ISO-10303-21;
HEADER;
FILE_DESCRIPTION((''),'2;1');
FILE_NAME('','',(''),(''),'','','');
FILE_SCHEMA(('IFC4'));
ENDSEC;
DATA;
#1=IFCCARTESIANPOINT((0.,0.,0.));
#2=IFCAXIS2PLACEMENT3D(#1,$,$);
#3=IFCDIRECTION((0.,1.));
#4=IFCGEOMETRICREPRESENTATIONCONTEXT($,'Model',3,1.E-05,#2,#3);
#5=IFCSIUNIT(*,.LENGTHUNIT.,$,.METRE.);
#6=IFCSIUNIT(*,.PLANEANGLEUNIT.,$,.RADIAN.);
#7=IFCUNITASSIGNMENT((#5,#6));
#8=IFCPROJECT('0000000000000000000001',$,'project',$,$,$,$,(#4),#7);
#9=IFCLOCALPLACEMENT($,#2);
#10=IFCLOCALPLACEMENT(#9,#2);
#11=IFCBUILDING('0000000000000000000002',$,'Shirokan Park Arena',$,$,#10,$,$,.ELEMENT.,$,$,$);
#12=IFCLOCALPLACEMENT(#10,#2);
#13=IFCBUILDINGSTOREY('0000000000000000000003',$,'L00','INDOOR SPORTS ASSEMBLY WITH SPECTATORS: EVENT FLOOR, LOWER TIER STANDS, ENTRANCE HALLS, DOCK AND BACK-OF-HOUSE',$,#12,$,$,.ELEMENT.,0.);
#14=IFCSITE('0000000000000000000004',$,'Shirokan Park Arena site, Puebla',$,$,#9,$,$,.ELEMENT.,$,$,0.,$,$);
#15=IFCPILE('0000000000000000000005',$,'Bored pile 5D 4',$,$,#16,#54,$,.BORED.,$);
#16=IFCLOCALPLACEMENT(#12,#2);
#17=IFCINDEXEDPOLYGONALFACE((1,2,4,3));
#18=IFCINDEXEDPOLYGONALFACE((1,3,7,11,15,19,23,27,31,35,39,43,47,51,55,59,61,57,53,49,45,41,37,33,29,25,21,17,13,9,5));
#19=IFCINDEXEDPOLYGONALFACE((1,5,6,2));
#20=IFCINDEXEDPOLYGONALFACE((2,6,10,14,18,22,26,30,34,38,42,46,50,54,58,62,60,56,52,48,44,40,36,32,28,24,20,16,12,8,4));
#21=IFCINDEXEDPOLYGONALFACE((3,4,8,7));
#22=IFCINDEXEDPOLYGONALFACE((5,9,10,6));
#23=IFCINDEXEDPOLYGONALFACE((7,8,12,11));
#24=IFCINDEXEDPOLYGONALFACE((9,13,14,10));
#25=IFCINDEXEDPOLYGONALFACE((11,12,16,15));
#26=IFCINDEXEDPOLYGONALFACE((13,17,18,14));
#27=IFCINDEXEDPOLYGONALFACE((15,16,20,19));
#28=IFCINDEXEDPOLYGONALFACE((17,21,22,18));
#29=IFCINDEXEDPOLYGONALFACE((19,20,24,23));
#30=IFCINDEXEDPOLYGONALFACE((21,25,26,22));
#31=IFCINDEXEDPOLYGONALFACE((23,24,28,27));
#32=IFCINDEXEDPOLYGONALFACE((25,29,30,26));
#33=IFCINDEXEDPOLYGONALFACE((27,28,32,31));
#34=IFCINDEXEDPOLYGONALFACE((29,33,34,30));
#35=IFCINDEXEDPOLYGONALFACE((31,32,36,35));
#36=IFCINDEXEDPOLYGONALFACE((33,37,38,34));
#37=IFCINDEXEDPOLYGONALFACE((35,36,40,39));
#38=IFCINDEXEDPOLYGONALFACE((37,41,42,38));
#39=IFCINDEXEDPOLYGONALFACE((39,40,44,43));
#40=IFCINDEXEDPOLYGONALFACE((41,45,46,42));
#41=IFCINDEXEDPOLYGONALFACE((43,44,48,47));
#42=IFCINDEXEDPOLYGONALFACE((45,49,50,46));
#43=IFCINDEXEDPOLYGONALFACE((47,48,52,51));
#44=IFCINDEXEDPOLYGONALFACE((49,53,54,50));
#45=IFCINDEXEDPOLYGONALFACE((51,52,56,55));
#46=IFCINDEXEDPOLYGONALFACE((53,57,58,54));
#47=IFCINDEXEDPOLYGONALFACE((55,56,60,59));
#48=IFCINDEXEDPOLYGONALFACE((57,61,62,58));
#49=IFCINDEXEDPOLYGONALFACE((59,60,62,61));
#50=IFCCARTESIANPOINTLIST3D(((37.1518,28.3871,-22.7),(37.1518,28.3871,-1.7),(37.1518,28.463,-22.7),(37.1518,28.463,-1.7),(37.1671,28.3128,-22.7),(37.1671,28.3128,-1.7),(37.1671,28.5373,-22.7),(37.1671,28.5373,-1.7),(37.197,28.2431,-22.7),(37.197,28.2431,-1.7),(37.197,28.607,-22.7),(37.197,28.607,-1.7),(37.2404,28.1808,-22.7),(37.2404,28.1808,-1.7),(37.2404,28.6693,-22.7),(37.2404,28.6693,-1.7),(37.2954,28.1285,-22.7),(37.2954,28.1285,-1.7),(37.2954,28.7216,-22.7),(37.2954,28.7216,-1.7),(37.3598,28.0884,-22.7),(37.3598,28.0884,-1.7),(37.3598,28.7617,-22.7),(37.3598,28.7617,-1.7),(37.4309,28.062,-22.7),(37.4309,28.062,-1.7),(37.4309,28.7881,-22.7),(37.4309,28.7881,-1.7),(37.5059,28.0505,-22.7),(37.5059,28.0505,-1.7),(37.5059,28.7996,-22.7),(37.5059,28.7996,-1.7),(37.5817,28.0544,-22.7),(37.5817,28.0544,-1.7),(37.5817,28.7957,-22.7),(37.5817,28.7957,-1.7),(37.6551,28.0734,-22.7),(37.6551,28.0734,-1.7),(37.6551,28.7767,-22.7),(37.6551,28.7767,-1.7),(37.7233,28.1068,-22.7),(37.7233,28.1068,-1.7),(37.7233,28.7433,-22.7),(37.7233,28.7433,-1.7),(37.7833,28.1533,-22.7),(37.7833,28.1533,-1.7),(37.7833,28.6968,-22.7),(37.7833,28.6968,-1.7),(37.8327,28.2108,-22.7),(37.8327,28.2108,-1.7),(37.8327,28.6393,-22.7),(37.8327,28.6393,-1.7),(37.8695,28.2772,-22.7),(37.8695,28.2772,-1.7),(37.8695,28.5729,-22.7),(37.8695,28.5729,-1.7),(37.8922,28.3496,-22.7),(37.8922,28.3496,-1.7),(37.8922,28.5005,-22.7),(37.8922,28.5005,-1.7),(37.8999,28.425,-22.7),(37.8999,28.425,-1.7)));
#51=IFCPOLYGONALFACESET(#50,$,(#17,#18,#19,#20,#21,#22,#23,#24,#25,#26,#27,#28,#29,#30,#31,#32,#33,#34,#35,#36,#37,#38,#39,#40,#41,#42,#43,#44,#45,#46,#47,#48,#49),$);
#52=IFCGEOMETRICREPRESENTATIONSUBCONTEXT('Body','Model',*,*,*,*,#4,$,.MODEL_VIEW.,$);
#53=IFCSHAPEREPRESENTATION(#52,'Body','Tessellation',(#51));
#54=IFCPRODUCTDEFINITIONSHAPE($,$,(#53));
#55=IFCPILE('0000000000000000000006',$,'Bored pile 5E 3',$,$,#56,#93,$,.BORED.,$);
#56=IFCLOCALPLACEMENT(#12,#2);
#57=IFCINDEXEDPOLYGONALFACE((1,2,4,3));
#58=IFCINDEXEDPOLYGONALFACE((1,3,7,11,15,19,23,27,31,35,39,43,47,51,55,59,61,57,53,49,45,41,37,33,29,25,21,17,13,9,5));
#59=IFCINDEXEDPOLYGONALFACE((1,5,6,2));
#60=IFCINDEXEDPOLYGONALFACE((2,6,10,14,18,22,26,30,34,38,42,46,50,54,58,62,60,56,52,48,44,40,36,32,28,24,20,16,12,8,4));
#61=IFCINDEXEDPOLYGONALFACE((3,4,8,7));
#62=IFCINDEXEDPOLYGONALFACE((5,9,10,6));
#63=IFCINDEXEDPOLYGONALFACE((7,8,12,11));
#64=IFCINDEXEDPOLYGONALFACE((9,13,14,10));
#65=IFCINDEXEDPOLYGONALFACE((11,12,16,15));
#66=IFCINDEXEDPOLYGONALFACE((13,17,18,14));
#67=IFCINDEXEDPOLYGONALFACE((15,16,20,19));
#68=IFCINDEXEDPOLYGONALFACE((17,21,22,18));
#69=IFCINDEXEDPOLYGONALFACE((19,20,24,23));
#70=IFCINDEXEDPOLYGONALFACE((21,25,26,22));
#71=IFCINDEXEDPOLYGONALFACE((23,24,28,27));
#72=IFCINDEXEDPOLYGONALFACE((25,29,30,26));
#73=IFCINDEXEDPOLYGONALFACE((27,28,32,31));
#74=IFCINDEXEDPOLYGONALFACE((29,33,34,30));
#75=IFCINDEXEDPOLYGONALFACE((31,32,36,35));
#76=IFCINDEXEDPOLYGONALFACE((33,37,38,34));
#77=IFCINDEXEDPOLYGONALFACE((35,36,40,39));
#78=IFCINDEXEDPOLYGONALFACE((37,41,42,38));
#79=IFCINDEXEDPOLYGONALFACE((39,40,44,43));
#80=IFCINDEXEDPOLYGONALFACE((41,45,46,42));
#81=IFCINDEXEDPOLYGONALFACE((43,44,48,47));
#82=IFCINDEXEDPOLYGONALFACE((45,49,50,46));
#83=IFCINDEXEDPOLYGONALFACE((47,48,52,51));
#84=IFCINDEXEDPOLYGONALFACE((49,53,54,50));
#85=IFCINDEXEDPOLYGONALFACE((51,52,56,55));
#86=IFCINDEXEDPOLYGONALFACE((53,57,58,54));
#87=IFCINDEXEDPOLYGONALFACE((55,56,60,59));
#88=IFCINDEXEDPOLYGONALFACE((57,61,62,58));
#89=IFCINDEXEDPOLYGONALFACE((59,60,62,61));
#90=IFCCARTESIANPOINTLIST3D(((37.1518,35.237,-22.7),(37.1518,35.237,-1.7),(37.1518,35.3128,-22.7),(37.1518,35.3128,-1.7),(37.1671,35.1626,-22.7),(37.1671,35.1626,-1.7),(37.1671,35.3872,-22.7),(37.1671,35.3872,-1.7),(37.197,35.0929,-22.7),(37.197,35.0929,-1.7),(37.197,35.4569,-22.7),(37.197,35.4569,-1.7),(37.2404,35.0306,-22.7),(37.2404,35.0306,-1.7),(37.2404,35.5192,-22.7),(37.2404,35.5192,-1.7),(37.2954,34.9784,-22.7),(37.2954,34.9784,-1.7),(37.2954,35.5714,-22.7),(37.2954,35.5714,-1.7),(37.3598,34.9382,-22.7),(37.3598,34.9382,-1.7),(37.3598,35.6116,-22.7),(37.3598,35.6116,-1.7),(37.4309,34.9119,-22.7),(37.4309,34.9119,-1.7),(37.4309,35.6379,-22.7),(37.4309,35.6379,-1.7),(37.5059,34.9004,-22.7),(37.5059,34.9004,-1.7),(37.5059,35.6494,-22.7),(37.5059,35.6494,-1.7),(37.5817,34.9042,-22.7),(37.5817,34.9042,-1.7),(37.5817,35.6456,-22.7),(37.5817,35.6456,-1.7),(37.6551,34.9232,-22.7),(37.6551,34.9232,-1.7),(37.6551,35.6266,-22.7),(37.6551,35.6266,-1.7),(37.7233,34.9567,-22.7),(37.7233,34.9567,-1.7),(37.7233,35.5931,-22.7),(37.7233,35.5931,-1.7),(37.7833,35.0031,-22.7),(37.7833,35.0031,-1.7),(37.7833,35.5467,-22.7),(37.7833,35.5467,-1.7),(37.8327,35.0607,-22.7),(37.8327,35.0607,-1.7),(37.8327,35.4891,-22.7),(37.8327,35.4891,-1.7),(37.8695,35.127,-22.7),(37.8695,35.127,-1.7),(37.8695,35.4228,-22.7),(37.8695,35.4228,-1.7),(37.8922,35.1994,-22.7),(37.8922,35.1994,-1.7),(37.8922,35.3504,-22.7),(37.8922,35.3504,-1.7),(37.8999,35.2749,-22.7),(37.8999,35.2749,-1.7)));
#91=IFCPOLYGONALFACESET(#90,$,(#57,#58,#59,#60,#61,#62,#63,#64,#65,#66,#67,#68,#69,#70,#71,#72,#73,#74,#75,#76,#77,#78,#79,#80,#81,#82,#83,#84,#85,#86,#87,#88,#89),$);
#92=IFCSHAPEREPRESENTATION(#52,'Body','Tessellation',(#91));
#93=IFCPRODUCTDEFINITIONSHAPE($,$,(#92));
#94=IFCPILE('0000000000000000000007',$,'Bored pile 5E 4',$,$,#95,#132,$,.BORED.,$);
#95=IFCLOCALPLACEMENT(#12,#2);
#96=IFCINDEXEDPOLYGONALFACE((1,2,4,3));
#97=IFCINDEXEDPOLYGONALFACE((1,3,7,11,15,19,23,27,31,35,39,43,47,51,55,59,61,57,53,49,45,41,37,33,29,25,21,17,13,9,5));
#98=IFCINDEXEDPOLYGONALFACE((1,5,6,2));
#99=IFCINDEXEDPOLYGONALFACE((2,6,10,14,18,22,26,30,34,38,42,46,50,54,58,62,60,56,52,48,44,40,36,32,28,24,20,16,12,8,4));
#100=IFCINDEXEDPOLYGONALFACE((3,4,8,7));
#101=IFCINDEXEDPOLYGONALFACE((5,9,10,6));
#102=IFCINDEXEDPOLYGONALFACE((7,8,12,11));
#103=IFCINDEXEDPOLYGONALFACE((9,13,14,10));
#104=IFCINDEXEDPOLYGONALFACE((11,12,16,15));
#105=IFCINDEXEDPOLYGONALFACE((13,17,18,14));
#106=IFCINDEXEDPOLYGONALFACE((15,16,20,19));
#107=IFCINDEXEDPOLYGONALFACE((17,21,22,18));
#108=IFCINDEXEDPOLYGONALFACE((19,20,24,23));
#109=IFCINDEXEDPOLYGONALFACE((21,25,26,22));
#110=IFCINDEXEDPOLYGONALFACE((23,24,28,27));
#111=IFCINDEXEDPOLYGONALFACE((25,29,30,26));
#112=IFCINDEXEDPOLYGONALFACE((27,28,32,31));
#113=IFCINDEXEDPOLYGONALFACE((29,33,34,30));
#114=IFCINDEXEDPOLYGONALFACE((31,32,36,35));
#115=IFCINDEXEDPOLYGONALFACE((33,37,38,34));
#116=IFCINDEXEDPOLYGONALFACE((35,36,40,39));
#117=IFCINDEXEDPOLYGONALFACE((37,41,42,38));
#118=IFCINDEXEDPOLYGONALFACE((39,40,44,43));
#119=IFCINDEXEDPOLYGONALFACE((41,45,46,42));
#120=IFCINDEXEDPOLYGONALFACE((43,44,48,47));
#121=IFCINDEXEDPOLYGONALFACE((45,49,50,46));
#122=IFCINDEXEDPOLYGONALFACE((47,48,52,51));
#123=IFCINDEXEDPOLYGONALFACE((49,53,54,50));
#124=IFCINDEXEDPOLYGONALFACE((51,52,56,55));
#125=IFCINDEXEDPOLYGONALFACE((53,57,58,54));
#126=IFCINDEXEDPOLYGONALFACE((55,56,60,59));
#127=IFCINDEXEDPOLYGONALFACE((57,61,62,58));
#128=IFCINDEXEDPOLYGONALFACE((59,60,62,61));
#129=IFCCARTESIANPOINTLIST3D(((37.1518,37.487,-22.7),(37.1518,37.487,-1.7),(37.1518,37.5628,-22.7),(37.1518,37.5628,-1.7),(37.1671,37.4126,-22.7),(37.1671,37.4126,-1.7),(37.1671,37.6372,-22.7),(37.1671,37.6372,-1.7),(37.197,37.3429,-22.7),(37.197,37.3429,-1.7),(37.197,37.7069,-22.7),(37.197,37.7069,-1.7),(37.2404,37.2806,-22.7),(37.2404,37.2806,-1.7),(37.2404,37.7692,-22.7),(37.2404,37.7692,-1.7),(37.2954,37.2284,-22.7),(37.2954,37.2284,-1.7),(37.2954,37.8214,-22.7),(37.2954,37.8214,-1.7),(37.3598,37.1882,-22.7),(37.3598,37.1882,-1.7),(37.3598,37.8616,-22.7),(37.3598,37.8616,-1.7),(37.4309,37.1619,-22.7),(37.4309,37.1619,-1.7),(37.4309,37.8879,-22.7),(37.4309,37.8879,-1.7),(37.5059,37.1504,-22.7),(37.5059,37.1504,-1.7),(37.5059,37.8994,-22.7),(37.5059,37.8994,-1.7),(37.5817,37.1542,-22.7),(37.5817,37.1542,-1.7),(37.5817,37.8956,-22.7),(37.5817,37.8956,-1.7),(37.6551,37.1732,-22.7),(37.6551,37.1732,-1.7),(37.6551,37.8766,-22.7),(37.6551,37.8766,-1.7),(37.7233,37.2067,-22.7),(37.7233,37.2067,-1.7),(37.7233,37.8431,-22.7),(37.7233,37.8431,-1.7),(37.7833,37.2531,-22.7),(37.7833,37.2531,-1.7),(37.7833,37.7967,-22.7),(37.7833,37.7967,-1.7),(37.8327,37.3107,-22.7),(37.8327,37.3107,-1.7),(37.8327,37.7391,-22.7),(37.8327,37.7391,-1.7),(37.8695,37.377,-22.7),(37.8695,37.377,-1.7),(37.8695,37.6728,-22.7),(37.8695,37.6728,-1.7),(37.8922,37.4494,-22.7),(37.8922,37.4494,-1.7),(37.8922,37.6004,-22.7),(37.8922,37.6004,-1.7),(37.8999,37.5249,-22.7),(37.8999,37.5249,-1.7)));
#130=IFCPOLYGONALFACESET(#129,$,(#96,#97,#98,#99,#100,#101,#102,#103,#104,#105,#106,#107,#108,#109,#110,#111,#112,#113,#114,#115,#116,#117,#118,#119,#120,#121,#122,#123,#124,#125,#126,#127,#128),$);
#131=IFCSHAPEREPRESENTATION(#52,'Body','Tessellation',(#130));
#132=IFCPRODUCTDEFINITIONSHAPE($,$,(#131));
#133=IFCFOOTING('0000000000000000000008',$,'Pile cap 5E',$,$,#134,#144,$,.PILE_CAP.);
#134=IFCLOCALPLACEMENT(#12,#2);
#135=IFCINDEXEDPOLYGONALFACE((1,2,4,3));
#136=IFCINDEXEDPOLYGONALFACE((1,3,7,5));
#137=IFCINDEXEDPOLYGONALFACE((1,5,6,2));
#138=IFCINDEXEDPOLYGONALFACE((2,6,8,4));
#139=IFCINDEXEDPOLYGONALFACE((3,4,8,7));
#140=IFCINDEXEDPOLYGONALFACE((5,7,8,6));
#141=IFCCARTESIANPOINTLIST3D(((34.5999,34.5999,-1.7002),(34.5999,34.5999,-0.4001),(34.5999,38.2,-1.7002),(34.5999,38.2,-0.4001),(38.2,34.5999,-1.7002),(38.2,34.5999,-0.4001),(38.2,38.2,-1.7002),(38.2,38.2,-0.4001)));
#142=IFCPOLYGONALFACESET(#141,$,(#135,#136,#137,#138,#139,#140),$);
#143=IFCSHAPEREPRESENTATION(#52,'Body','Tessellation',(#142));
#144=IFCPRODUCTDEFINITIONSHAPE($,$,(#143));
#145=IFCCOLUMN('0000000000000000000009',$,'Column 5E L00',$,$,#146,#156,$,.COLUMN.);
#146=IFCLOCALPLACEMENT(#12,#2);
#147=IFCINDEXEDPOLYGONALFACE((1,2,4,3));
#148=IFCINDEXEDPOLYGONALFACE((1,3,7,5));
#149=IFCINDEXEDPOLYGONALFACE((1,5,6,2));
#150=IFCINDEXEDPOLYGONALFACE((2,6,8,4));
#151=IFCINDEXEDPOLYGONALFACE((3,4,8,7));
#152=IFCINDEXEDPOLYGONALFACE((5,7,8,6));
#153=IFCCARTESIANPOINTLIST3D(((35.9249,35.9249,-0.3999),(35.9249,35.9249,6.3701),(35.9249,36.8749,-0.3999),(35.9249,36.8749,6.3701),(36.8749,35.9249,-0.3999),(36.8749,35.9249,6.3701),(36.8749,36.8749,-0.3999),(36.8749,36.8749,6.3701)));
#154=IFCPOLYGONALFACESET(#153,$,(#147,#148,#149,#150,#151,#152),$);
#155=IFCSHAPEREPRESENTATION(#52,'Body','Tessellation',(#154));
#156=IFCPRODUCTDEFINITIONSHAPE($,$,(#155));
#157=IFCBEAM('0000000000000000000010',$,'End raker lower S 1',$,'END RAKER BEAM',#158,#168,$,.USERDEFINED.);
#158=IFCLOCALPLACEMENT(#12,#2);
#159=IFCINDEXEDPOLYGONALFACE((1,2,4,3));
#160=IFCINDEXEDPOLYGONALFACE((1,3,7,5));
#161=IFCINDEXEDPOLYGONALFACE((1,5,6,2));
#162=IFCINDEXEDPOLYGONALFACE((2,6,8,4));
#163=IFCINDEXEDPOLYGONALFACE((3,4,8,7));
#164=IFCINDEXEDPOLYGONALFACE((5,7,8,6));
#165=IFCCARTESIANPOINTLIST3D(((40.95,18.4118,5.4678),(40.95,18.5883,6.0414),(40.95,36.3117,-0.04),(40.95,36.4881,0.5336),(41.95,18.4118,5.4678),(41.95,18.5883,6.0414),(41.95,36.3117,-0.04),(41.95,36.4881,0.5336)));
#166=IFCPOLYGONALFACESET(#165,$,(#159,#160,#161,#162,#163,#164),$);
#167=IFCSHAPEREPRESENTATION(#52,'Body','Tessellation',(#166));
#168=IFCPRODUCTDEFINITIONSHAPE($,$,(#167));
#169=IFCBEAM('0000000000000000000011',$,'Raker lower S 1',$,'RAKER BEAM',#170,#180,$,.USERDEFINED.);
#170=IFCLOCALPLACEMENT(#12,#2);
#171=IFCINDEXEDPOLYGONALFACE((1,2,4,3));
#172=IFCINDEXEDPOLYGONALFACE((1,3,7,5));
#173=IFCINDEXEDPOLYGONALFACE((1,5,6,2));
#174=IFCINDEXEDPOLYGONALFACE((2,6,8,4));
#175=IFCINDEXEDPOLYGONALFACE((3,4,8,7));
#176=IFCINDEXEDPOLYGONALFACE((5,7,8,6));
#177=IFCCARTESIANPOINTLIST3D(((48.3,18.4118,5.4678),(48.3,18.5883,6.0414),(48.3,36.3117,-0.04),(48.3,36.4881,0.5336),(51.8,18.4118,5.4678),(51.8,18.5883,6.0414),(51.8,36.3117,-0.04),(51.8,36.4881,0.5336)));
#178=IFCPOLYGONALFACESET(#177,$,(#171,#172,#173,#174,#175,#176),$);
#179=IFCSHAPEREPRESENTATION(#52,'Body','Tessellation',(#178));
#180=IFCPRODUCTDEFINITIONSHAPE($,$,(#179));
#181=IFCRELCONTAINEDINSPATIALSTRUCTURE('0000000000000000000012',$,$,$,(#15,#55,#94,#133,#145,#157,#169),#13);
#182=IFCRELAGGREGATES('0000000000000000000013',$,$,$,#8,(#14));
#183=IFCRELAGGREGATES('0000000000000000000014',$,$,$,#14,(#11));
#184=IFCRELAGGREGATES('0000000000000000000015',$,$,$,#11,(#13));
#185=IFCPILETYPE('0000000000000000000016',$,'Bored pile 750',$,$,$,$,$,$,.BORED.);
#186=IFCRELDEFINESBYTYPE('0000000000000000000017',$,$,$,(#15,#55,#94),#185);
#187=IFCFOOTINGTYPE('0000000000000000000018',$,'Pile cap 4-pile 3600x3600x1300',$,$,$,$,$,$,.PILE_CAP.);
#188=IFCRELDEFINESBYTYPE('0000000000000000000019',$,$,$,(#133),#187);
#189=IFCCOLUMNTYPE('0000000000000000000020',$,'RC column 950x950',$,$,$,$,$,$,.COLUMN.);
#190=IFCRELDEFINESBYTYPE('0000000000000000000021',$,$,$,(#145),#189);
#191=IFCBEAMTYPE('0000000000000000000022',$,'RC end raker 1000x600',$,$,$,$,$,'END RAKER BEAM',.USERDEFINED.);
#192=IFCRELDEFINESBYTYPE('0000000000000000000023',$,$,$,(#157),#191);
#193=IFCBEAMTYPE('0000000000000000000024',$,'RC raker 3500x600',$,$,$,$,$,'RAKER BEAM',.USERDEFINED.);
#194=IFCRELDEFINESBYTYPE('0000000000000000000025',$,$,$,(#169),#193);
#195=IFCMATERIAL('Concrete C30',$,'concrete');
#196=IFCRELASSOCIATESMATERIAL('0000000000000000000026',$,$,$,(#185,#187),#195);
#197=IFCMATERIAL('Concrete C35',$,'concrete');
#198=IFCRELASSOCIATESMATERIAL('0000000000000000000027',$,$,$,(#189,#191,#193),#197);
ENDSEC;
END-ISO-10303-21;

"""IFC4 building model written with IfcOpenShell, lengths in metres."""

from ifc_helpers import new_model, si_unit, direction, frame, origin, origin_2d, place, context, subcontext, project, spatial, rectangle, circle, extrude, material, material_profile, profile_set, type_object, element, save


model = new_model("IFC4")

# Units and contexts
model_context = context("Model", 3, precision=1e-05, world=origin(), true_north=direction((0.0, 1.0)))
body_context = subcontext(model_context, "Body", "Model", "MODEL_VIEW")
ifc_project = project(units=[si_unit("LENGTHUNIT", "METRE"), si_unit("PLANEANGLEUNIT", "RADIAN")], contexts=[model_context])

# Site, building, storey
site_placement = place(None, origin())
site = spatial("IfcSite", under=ifc_project, at=site_placement, Name="Shirokan Park Arena site, Puebla", CompositionType="ELEMENT", RefElevation=0.0)
building_placement = place(site_placement, origin())
building = spatial("IfcBuilding", under=site, at=building_placement, Name="Shirokan Park Arena", CompositionType="ELEMENT")
storey_placement = place(building_placement, origin())
storey = spatial("IfcBuildingStorey", under=building, at=storey_placement, Name="L00", Description="INDOOR SPORTS ASSEMBLY WITH SPECTATORS: EVENT FLOOR, LOWER TIER STANDS, ENTRANCE HALLS, DOCK AND BACK-OF-HOUSE", CompositionType="ELEMENT", Elevation=0.0)

# Piles
ifc_material_1 = material(Name="Concrete C30", Category="concrete")
ifc_material_profile_1 = material_profile(ifc_material_1, circle(Radius=0.375, at=origin_2d()), Name="D750")
ifc_profile_set_1 = profile_set([ifc_material_profile_1], Name="Concrete C30")
pile_type_1 = type_object("IfcPileType", Name="Bored pile 750", PredefinedType="BORED", material=ifc_profile_set_1)
for number, where, z_axis, x_axis, name in (
    (1, (37.5249, 28.425, -1.7), (0.0, 0.0, -1.0), (1.0, 0.0, 0.0), "Bored pile 5D 4"),
    (2, (37.5249, 35.2749, -1.7), (0.0, 0.0, -1.0), (1.0, 0.0, 0.0), "Bored pile 5E 3"),
    (3, (37.5249, 37.5249, -1.7), (0.0, 0.0, -1.0), (1.0, 0.0, 0.0), "Bored pile 5E 4"),
):
    element("IfcPile", number, at=place(storey_placement, frame(where, z_axis=z_axis, x_axis=x_axis)), inside=storey, type_object=pile_type_1, Name=name, PredefinedType="BORED", context=body_context, shape_type="SweptSolid", body=[
        extrude(circle(Radius=0.375, at=origin_2d()), origin(), (0.0, 0.0, 1.0), 21.0),
    ])

# Footing
footing_type = type_object("IfcFootingType", Name="Pile cap 4-pile 3600x3600x1300", PredefinedType="PILE_CAP", material=ifc_material_1)
footing_placement = place(storey_placement, frame((36.3999, 36.3999, -1.7002), z_axis=(0.0, 0.0, 1.0), x_axis=(1.0, 0.0, 0.0)))
element("IfcFooting", 4, at=footing_placement, inside=storey, type_object=footing_type, Name="Pile cap 5E", PredefinedType="PILE_CAP", context=body_context, shape_type="SweptSolid", body=[
    extrude(rectangle(XDim=3.6001, YDim=3.6001, at=origin_2d()), origin(), (0.0, 0.0, 1.0), 1.3),
])

# Column
ifc_material_2 = material(Name="Concrete C35", Category="concrete")
ifc_material_profile_2 = material_profile(ifc_material_2, rectangle(XDim=0.95, YDim=0.95, at=origin_2d()), Name="950x950")
ifc_profile_set_2 = profile_set([ifc_material_profile_2], Name="Concrete C35")
column_type = type_object("IfcColumnType", Name="RC column 950x950", PredefinedType="COLUMN", material=ifc_profile_set_2)
column_placement = place(storey_placement, frame((36.3999, 36.3999, -0.3999), z_axis=(0.0, 0.0, 1.0), x_axis=(1.0, 0.0, 0.0)))
element("IfcColumn", 5, at=column_placement, inside=storey, type_object=column_type, Name="Column 5E L00", PredefinedType="COLUMN", context=body_context, shape_type="SweptSolid", body=[
    extrude(rectangle(XDim=0.95, YDim=0.95, at=origin_2d()), origin(), (0.0, 0.0, 1.0), 6.77),
])

# Beams
ifc_material_profile_3 = material_profile(ifc_material_2, rectangle(XDim=1.0, YDim=0.6001, at=origin_2d()), Name="1000x600")
ifc_profile_set_3 = profile_set([ifc_material_profile_3], Name="Concrete C35")
beam_type_1 = type_object("IfcBeamType", Name="RC end raker 1000x600", ElementType="END RAKER BEAM", PredefinedType="USERDEFINED", material=ifc_profile_set_3)
beam_1_placement = place(storey_placement, frame((41.45, 36.3999, 0.2468), z_axis=(0.0, -0.955777, 0.294093), x_axis=(1.0, 0.0, 0.0)))
element("IfcBeam", 6, at=beam_1_placement, inside=storey, type_object=beam_type_1, Name="End raker lower S 1", ObjectType="END RAKER BEAM", PredefinedType="USERDEFINED", context=body_context, shape_type="SweptSolid", body=[
    extrude(rectangle(XDim=1.0, YDim=0.6001, at=origin_2d()), origin(), (0.0, 0.0, 1.0), 18.728),
])
ifc_material_profile_4 = material_profile(ifc_material_2, rectangle(XDim=3.5, YDim=0.6001, at=origin_2d()), Name="3500x600")
ifc_profile_set_4 = profile_set([ifc_material_profile_4], Name="Concrete C35")
beam_type_2 = type_object("IfcBeamType", Name="RC raker 3500x600", ElementType="RAKER BEAM", PredefinedType="USERDEFINED", material=ifc_profile_set_4)
beam_2_placement = place(storey_placement, frame((50.05, 36.3999, 0.2468), z_axis=(0.0, -0.955777, 0.294093), x_axis=(1.0, 0.0, 0.0)))
element("IfcBeam", 7, at=beam_2_placement, inside=storey, type_object=beam_type_2, Name="Raker lower S 1", ObjectType="RAKER BEAM", PredefinedType="USERDEFINED", context=body_context, shape_type="SweptSolid", body=[
    extrude(rectangle(XDim=3.5, YDim=0.6001, at=origin_2d()), origin(), (0.0, 0.0, 1.0), 18.728),
])

save(model, "model.ifc")
